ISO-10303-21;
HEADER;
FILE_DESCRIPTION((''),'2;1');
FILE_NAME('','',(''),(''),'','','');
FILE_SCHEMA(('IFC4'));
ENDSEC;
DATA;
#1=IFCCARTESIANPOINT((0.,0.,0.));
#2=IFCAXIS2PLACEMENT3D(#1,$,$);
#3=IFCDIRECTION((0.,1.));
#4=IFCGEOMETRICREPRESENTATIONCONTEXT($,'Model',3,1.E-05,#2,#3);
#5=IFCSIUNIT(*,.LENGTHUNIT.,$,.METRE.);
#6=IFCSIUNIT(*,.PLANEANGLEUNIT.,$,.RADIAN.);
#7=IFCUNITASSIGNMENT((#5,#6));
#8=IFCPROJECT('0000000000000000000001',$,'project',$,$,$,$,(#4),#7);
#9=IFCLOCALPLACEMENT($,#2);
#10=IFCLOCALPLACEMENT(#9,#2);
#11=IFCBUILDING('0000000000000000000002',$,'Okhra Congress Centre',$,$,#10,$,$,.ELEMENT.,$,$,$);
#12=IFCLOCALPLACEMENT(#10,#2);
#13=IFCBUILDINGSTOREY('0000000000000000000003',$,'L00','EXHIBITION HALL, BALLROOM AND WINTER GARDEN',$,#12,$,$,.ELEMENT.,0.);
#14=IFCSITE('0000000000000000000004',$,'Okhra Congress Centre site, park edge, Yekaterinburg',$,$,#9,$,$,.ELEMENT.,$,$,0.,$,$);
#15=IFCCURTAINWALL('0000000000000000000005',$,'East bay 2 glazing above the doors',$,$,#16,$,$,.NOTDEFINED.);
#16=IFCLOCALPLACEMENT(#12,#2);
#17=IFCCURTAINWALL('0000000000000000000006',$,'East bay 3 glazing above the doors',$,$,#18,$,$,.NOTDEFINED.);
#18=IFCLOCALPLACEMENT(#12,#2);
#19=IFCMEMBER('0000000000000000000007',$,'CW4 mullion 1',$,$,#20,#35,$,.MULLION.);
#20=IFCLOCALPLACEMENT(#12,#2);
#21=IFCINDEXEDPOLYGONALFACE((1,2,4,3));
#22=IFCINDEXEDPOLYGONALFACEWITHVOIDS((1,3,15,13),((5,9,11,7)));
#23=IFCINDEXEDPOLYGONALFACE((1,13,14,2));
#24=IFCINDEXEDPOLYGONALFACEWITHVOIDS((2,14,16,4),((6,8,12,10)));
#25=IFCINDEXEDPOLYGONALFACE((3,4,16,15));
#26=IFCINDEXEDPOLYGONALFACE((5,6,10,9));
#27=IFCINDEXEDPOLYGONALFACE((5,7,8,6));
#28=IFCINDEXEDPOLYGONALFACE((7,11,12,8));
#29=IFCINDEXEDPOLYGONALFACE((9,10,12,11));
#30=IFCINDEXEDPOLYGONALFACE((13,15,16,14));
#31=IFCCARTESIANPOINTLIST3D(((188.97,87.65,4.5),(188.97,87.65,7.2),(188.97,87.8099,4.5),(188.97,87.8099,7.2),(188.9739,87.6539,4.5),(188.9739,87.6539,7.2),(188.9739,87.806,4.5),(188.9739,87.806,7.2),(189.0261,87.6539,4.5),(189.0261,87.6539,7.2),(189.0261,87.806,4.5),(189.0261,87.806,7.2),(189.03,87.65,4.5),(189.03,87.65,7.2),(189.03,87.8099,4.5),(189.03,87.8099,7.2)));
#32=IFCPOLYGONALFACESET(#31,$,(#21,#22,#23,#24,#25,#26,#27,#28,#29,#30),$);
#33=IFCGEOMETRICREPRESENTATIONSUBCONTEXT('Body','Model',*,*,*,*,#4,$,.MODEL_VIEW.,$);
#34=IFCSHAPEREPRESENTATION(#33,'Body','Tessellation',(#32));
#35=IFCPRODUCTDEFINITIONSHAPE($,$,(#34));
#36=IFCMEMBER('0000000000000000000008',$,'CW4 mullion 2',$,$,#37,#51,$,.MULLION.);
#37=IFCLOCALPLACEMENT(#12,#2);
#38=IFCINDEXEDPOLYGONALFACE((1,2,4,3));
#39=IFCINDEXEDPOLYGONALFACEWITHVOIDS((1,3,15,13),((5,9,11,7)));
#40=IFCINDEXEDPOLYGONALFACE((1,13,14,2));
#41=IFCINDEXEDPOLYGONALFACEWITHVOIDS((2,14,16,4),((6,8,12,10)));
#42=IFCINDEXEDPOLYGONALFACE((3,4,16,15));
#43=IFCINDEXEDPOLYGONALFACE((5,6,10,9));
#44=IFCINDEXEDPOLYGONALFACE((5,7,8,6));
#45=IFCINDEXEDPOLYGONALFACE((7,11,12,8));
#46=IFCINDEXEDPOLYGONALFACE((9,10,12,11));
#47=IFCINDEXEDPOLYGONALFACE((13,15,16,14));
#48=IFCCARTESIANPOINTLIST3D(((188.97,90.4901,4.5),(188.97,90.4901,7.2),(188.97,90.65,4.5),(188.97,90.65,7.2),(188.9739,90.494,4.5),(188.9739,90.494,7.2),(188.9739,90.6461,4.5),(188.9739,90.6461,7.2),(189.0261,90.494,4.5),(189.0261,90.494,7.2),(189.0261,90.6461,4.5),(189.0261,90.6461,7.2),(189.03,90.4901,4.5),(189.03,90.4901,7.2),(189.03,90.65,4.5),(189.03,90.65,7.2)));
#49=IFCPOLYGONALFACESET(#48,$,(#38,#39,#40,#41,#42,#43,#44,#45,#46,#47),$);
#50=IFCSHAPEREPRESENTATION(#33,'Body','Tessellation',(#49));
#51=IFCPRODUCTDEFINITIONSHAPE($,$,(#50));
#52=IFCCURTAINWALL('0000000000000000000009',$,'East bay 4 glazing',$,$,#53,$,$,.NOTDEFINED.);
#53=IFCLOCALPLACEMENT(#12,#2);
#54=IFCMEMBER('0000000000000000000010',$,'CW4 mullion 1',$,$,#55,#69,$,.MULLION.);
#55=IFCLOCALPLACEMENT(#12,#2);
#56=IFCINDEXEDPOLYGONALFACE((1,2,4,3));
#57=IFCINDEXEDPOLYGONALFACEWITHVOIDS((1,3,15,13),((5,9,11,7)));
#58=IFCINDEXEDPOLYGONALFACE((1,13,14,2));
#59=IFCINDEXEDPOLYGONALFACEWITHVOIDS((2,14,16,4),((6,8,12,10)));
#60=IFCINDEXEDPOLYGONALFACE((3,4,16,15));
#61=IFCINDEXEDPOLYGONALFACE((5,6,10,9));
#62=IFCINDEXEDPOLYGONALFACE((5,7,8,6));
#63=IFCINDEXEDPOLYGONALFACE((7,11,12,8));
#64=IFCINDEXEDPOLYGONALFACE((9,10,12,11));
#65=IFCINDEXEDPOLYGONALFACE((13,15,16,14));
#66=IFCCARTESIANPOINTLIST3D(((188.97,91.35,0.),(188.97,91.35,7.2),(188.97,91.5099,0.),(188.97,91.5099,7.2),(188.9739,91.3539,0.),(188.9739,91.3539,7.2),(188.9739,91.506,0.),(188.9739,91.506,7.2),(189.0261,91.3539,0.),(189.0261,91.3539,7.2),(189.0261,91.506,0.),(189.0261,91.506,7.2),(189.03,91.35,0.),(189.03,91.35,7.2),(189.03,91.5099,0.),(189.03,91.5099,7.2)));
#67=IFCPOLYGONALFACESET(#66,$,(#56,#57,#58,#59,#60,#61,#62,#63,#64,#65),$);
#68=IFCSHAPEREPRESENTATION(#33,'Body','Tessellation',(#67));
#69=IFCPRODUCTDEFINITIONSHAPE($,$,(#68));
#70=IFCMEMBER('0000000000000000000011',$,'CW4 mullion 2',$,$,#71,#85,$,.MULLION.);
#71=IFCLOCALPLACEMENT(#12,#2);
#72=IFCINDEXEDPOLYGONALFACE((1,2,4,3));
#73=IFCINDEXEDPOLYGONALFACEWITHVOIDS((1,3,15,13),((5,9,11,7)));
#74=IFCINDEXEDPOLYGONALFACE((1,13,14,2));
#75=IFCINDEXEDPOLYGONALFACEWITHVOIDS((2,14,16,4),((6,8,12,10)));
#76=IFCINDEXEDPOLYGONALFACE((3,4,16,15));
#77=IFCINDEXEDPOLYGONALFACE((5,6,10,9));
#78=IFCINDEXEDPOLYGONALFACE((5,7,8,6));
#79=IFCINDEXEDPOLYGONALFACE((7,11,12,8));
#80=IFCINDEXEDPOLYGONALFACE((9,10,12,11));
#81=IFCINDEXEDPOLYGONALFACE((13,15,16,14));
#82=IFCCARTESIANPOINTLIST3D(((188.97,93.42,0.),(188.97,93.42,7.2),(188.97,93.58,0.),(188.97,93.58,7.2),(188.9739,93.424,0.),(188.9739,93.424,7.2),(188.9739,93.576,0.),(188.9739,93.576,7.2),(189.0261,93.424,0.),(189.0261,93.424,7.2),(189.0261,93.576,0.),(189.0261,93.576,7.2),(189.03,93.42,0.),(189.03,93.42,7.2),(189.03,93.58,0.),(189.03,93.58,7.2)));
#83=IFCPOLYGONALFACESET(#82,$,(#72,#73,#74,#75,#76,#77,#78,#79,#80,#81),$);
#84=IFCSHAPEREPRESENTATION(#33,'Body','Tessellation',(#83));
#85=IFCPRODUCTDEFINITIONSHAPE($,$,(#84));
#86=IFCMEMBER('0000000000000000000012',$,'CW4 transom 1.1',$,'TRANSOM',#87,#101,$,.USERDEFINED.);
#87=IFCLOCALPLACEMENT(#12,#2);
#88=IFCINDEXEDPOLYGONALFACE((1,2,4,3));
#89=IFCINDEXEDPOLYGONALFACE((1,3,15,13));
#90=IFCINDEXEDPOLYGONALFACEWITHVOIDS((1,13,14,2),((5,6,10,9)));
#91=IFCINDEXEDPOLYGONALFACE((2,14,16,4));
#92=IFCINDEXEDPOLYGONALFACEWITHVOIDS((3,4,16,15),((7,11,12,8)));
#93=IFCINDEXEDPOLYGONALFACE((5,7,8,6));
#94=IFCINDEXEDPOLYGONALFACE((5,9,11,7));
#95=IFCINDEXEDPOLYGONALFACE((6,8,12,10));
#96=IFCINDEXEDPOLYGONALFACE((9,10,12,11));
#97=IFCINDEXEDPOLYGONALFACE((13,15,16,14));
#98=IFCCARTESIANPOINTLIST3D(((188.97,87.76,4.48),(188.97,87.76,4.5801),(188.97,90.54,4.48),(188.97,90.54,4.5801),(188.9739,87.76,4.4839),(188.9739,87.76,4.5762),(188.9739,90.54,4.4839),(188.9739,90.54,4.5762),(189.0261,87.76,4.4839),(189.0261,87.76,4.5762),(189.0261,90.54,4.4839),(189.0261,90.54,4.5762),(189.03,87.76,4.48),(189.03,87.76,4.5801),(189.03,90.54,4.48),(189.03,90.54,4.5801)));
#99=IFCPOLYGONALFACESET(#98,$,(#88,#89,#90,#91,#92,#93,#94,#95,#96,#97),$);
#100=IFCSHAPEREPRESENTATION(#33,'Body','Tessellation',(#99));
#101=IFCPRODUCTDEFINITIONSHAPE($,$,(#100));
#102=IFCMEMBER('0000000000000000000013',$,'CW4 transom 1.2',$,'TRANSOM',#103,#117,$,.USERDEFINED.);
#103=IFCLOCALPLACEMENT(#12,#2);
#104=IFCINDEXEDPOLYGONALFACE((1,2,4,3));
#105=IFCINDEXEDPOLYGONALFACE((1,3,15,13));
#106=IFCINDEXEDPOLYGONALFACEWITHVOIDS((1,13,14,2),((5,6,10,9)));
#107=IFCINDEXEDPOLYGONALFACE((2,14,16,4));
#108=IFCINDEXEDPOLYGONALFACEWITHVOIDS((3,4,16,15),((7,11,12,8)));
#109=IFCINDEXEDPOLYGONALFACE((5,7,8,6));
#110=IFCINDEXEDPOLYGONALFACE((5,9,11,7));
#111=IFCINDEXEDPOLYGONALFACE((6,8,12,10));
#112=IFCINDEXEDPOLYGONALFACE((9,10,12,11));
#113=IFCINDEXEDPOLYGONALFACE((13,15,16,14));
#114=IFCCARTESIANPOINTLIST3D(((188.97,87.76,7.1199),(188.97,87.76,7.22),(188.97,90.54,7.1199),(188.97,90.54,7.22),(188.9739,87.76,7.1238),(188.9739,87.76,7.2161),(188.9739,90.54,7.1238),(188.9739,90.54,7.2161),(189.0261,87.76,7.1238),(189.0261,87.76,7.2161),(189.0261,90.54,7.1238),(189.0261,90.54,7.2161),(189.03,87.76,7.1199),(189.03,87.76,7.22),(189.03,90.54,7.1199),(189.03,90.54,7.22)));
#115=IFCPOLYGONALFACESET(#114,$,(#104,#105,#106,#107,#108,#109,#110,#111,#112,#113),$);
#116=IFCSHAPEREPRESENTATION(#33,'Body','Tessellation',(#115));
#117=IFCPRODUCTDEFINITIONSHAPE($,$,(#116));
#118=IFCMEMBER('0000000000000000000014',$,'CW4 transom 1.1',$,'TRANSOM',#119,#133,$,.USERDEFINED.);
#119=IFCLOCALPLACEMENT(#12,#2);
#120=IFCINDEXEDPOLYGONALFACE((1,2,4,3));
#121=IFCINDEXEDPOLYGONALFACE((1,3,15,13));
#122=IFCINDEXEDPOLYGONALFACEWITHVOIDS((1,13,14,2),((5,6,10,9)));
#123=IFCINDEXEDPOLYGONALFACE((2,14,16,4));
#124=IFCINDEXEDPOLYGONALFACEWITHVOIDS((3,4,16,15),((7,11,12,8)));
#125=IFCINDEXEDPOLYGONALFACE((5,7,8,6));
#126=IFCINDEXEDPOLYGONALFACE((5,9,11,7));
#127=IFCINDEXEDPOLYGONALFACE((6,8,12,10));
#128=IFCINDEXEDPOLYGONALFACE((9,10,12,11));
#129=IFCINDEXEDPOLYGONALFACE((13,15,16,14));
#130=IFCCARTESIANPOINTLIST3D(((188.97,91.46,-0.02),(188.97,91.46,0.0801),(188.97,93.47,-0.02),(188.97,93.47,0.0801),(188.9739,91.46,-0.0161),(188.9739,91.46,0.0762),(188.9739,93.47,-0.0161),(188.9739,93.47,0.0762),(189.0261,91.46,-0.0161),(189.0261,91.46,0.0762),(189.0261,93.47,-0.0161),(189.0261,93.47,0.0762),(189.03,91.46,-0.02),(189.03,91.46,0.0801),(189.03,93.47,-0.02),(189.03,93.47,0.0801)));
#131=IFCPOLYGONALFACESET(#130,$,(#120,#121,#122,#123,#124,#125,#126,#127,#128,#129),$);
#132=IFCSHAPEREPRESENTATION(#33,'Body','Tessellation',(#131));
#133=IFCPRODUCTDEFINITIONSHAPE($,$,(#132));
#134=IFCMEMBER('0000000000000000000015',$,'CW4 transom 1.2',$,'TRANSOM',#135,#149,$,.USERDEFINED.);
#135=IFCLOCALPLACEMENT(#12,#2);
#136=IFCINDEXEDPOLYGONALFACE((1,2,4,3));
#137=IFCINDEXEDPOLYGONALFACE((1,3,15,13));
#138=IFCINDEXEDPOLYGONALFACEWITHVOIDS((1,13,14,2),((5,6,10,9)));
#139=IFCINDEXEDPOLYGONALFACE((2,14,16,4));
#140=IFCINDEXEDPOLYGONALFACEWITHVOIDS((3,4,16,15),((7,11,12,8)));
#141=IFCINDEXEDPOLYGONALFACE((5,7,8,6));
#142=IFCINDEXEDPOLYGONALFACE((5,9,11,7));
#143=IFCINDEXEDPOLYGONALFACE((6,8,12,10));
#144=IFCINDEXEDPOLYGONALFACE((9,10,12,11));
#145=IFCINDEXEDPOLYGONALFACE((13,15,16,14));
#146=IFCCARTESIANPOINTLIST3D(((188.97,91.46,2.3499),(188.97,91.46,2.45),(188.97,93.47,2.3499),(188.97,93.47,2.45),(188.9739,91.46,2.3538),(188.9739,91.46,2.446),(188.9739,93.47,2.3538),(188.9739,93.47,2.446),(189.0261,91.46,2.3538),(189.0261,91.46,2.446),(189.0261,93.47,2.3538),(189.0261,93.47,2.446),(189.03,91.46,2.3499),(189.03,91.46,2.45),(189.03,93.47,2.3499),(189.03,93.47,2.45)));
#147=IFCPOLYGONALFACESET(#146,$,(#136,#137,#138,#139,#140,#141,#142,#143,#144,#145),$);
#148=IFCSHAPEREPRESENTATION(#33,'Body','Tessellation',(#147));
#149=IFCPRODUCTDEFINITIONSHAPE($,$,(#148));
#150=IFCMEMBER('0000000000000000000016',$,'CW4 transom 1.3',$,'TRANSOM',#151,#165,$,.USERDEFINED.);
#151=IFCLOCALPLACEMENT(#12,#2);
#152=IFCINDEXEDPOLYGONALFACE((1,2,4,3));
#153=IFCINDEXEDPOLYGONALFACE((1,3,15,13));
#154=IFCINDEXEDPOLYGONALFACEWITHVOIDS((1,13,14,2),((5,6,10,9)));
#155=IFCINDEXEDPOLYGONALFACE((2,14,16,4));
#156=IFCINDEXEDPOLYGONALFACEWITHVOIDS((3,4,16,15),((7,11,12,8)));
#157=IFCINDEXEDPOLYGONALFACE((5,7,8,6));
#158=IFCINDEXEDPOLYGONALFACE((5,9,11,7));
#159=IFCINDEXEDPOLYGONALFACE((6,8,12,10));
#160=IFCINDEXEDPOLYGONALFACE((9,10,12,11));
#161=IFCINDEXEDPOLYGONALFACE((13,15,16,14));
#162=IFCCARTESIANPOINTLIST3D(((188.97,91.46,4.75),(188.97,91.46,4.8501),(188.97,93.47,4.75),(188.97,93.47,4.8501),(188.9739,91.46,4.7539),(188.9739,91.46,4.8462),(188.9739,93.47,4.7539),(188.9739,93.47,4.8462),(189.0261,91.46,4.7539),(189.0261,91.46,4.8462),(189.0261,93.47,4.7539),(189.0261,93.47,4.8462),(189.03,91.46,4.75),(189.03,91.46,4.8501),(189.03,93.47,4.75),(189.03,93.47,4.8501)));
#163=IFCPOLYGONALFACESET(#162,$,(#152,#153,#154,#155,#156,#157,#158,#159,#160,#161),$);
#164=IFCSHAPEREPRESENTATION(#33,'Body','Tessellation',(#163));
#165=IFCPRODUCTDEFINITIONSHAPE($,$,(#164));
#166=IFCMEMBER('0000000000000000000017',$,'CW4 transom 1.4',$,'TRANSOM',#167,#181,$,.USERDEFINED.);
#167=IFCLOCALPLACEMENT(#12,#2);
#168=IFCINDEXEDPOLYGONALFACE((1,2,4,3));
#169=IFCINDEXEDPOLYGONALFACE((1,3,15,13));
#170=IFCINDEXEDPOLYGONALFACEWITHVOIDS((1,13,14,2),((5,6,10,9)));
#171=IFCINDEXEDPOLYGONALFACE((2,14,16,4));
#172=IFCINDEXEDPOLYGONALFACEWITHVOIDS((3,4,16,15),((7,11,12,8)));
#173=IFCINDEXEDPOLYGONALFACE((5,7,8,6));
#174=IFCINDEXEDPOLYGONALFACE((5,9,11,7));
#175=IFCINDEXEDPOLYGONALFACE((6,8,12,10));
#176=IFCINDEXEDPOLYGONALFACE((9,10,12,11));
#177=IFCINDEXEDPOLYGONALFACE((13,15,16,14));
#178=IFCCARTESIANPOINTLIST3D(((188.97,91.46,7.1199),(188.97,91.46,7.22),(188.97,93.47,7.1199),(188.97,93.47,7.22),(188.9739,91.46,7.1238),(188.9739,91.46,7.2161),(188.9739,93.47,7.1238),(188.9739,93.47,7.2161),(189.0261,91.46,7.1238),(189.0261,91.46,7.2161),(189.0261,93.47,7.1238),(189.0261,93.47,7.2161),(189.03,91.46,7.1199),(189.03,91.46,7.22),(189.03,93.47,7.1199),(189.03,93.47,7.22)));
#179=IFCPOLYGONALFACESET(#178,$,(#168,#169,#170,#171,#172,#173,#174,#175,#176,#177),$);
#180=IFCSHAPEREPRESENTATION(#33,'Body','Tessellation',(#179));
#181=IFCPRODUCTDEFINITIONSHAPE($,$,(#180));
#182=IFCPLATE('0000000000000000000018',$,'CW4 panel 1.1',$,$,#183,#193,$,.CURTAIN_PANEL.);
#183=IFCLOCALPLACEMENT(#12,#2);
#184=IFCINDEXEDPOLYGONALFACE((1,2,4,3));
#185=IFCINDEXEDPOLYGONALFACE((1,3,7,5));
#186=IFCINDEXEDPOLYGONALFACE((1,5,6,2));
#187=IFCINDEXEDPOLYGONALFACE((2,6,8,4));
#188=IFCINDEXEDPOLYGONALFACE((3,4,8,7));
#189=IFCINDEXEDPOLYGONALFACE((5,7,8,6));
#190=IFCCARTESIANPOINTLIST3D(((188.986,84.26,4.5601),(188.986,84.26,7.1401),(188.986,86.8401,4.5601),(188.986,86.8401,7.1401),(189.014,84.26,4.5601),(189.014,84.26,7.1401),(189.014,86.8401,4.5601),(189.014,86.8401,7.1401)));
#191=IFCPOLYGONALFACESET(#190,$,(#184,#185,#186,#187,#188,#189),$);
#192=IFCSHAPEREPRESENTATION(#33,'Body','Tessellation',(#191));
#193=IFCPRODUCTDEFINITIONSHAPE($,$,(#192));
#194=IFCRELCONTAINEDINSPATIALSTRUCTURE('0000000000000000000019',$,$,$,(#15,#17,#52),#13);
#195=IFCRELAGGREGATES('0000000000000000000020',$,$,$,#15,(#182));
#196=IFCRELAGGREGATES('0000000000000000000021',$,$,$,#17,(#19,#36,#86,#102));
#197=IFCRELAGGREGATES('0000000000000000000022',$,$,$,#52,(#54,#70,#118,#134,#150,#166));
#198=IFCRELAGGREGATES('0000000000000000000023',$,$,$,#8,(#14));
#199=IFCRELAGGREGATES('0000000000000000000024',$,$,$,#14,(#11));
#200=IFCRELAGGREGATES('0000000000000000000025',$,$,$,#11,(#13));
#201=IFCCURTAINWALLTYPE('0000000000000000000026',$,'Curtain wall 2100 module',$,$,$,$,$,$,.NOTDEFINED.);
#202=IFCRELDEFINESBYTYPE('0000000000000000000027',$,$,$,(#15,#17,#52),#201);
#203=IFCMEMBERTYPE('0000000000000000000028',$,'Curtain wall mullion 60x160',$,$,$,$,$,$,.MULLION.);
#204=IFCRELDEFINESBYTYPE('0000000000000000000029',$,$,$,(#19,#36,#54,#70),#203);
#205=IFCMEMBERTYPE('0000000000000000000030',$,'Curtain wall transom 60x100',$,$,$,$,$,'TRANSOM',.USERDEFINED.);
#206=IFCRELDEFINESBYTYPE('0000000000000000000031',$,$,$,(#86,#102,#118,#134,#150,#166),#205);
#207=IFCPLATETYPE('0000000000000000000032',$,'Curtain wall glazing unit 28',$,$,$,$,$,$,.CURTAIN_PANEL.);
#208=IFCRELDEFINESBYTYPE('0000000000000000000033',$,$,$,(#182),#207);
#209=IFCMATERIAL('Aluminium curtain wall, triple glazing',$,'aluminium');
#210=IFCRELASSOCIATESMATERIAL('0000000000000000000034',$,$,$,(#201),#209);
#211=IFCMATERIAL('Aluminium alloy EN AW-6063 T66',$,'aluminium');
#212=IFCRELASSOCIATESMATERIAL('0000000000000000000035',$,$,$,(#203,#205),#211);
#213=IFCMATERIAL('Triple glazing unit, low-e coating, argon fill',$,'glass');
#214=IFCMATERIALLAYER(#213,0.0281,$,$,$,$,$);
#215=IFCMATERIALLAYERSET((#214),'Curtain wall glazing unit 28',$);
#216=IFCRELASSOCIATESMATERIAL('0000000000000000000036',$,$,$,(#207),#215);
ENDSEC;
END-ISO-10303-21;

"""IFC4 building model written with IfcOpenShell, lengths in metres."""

from ifc_helpers import new_model, si_unit, direction, frame, origin, origin_2d, place, context, subcontext, project, spatial, rectangle, hollow_rectangle, extrude, material, layer, layer_set, material_profile, profile_set, type_object, element, aggregate, save


model = new_model("IFC4")

# Units and contexts
model_context = context("Model", 3, precision=1e-05, world=origin(), true_north=direction((0.0, 1.0)))
body_context = subcontext(model_context, "Body", "Model", "MODEL_VIEW")
ifc_project = project(units=[si_unit("LENGTHUNIT", "METRE"), si_unit("PLANEANGLEUNIT", "RADIAN")], contexts=[model_context])

# Site, building, storey
site_placement = place(None, origin())
site = spatial("IfcSite", under=ifc_project, at=site_placement, Name="Okhra Congress Centre site, park edge, Yekaterinburg", CompositionType="ELEMENT", RefElevation=0.0)
building_placement = place(site_placement, origin())
building = spatial("IfcBuilding", under=site, at=building_placement, Name="Okhra Congress Centre", CompositionType="ELEMENT")
storey_placement = place(building_placement, origin())
storey = spatial("IfcBuildingStorey", under=building, at=storey_placement, Name="L00", Description="EXHIBITION HALL, BALLROOM AND WINTER GARDEN", CompositionType="ELEMENT", Elevation=0.0)

# Curtain wall
ifc_material_1 = material(Name="Aluminium curtain wall, triple glazing", Category="aluminium")
curtain_wall_type = type_object("IfcCurtainWallType", Name="Curtain wall 2100 module", PredefinedType="NOTDEFINED", material=ifc_material_1)
curtain_wall_1_placement = place(storey_placement, origin())
curtain_wall_1 = element("IfcCurtainWall", 1, at=curtain_wall_1_placement, inside=storey, type_object=curtain_wall_type, Name="East bay 2 glazing above the doors", PredefinedType="NOTDEFINED")
ifc_material_2 = material(Name="Aluminium alloy EN AW-6063 T66", Category="aluminium")
ifc_material_profile_1 = material_profile(ifc_material_2, hollow_rectangle(XDim=0.0601, YDim=0.1599, WallThickness=0.0039, at=origin_2d()), Name="RHS 60x160x4")
ifc_profile_set_1 = profile_set([ifc_material_profile_1], Name="Aluminium alloy EN AW-6063 T66")
member_type_1 = type_object("IfcMemberType", Name="Curtain wall mullion 60x160", PredefinedType="MULLION", material=ifc_profile_set_1)

# Curtain walls, members
curtain_wall_2_placement = place(storey_placement, origin())
curtain_wall_2 = element("IfcCurtainWall", 2, at=curtain_wall_2_placement, inside=storey, type_object=curtain_wall_type, Name="East bay 3 glazing above the doors", PredefinedType="NOTDEFINED")
member_1_placement = place(storey_placement, frame((189.0, 87.73, 4.5), z_axis=(0.0, 0.0, 1.0), x_axis=(-1.0, 0.0, 0.0)))
member_1 = element("IfcMember", 3, at=member_1_placement, type_object=member_type_1, Name="CW4 mullion 1", PredefinedType="MULLION", context=body_context, shape_type="SweptSolid", body=[
    extrude(hollow_rectangle(XDim=0.0601, YDim=0.1599, WallThickness=0.0039, at=origin_2d()), origin(), (0.0, 0.0, 1.0), 2.7),
])
member_2_placement = place(storey_placement, frame((189.0, 90.5701, 4.5), z_axis=(0.0, 0.0, 1.0), x_axis=(-1.0, 0.0, 0.0)))
member_2 = element("IfcMember", 4, at=member_2_placement, type_object=member_type_1, Name="CW4 mullion 2", PredefinedType="MULLION", context=body_context, shape_type="SweptSolid", body=[
    extrude(hollow_rectangle(XDim=0.0601, YDim=0.1599, WallThickness=0.0039, at=origin_2d()), origin(), (0.0, 0.0, 1.0), 2.7),
])
curtain_wall_3_placement = place(storey_placement, origin())
curtain_wall_3 = element("IfcCurtainWall", 5, at=curtain_wall_3_placement, inside=storey, type_object=curtain_wall_type, Name="East bay 4 glazing", PredefinedType="NOTDEFINED")
member_3_placement = place(storey_placement, frame((189.0, 91.4299, 0.0), z_axis=(0.0, 0.0, 1.0), x_axis=(-1.0, 0.0, 0.0)))
member_3 = element("IfcMember", 6, at=member_3_placement, type_object=member_type_1, Name="CW4 mullion 1", PredefinedType="MULLION", context=body_context, shape_type="SweptSolid", body=[
    extrude(hollow_rectangle(XDim=0.0601, YDim=0.1599, WallThickness=0.0039, at=origin_2d()), origin(), (0.0, 0.0, 1.0), 7.2),
])
member_4_placement = place(storey_placement, frame((189.0, 93.5, 0.0), z_axis=(0.0, 0.0, 1.0), x_axis=(-1.0, 0.0, 0.0)))
member_4 = element("IfcMember", 7, at=member_4_placement, type_object=member_type_1, Name="CW4 mullion 2", PredefinedType="MULLION", context=body_context, shape_type="SweptSolid", body=[
    extrude(hollow_rectangle(XDim=0.0601, YDim=0.1599, WallThickness=0.0039, at=origin_2d()), origin(), (0.0, 0.0, 1.0), 7.2),
])

# Members
ifc_material_profile_2 = material_profile(ifc_material_2, hollow_rectangle(XDim=0.0601, YDim=0.1001, WallThickness=0.0039, at=origin_2d()), Name="RHS 60x100x4")
ifc_profile_set_2 = profile_set([ifc_material_profile_2], Name="Aluminium alloy EN AW-6063 T66")
member_type_2 = type_object("IfcMemberType", Name="Curtain wall transom 60x100", ElementType="TRANSOM", PredefinedType="USERDEFINED", material=ifc_profile_set_2)
member_5_placement = place(storey_placement, frame((189.0, 87.76, 4.53), z_axis=(0.0, 1.0, 0.0), x_axis=(-1.0, 0.0, 0.0)))
member_5 = element("IfcMember", 8, at=member_5_placement, type_object=member_type_2, Name="CW4 transom 1.1", ObjectType="TRANSOM", PredefinedType="USERDEFINED", context=body_context, shape_type="SweptSolid", body=[
    extrude(hollow_rectangle(XDim=0.0601, YDim=0.1001, WallThickness=0.0039, at=origin_2d()), origin(), (0.0, 0.0, 1.0), 2.78),
])
member_6_placement = place(storey_placement, frame((189.0, 87.76, 7.1699), z_axis=(0.0, 1.0, 0.0), x_axis=(-1.0, 0.0, 0.0)))
member_6 = element("IfcMember", 9, at=member_6_placement, type_object=member_type_2, Name="CW4 transom 1.2", ObjectType="TRANSOM", PredefinedType="USERDEFINED", context=body_context, shape_type="SweptSolid", body=[
    extrude(hollow_rectangle(XDim=0.0601, YDim=0.1001, WallThickness=0.0039, at=origin_2d()), origin(), (0.0, 0.0, 1.0), 2.78),
])
member_7_placement = place(storey_placement, frame((189.0, 91.46, 0.03), z_axis=(0.0, 1.0, 0.0), x_axis=(-1.0, 0.0, 0.0)))
member_7 = element("IfcMember", 10, at=member_7_placement, type_object=member_type_2, Name="CW4 transom 1.1", ObjectType="TRANSOM", PredefinedType="USERDEFINED", context=body_context, shape_type="SweptSolid", body=[
    extrude(hollow_rectangle(XDim=0.0601, YDim=0.1001, WallThickness=0.0039, at=origin_2d()), origin(), (0.0, 0.0, 1.0), 2.01),
])
member_8_placement = place(storey_placement, frame((189.0, 91.46, 2.3999), z_axis=(0.0, 1.0, 0.0), x_axis=(-1.0, 0.0, 0.0)))
member_8 = element("IfcMember", 11, at=member_8_placement, type_object=member_type_2, Name="CW4 transom 1.2", ObjectType="TRANSOM", PredefinedType="USERDEFINED", context=body_context, shape_type="SweptSolid", body=[
    extrude(hollow_rectangle(XDim=0.0601, YDim=0.1001, WallThickness=0.0039, at=origin_2d()), origin(), (0.0, 0.0, 1.0), 2.01),
])
member_9_placement = place(storey_placement, frame((189.0, 91.46, 4.8), z_axis=(0.0, 1.0, 0.0), x_axis=(-1.0, 0.0, 0.0)))
member_9 = element("IfcMember", 12, at=member_9_placement, type_object=member_type_2, Name="CW4 transom 1.3", ObjectType="TRANSOM", PredefinedType="USERDEFINED", context=body_context, shape_type="SweptSolid", body=[
    extrude(hollow_rectangle(XDim=0.0601, YDim=0.1001, WallThickness=0.0039, at=origin_2d()), origin(), (0.0, 0.0, 1.0), 2.01),
])
member_10_placement = place(storey_placement, frame((189.0, 91.46, 7.1699), z_axis=(0.0, 1.0, 0.0), x_axis=(-1.0, 0.0, 0.0)))
member_10 = element("IfcMember", 13, at=member_10_placement, type_object=member_type_2, Name="CW4 transom 1.4", ObjectType="TRANSOM", PredefinedType="USERDEFINED", context=body_context, shape_type="SweptSolid", body=[
    extrude(hollow_rectangle(XDim=0.0601, YDim=0.1001, WallThickness=0.0039, at=origin_2d()), origin(), (0.0, 0.0, 1.0), 2.01),
])

# Plate
ifc_material_3 = material(Name="Triple glazing unit, low-e coating, argon fill", Category="glass")
ifc_layer_1 = layer(ifc_material_3, 0.0281)
ifc_layer_set_1 = layer_set([ifc_layer_1], Name="Curtain wall glazing unit 28")
plate_type = type_object("IfcPlateType", Name="Curtain wall glazing unit 28", PredefinedType="CURTAIN_PANEL", material=ifc_layer_set_1)
plate_1_placement = place(storey_placement, frame((189.0, 85.55, 4.5601), z_axis=(0.0, 0.0, 1.0), x_axis=(0.0, 1.0, 0.0)))
plate_1 = element("IfcPlate", 14, at=plate_1_placement, type_object=plate_type, Name="CW4 panel 1.1", PredefinedType="CURTAIN_PANEL", context=body_context, shape_type="SweptSolid", body=[
    extrude(rectangle(XDim=2.5801, YDim=0.0281, at=origin_2d()), origin(), (0.0, 0.0, 1.0), 2.5801),
])
aggregate(curtain_wall_1, [plate_1])
aggregate(curtain_wall_2, [member_1, member_2, member_5, member_6])
aggregate(curtain_wall_3, [member_3, member_4, member_7, member_8, member_9, member_10])

save(model, "model.ifc")
